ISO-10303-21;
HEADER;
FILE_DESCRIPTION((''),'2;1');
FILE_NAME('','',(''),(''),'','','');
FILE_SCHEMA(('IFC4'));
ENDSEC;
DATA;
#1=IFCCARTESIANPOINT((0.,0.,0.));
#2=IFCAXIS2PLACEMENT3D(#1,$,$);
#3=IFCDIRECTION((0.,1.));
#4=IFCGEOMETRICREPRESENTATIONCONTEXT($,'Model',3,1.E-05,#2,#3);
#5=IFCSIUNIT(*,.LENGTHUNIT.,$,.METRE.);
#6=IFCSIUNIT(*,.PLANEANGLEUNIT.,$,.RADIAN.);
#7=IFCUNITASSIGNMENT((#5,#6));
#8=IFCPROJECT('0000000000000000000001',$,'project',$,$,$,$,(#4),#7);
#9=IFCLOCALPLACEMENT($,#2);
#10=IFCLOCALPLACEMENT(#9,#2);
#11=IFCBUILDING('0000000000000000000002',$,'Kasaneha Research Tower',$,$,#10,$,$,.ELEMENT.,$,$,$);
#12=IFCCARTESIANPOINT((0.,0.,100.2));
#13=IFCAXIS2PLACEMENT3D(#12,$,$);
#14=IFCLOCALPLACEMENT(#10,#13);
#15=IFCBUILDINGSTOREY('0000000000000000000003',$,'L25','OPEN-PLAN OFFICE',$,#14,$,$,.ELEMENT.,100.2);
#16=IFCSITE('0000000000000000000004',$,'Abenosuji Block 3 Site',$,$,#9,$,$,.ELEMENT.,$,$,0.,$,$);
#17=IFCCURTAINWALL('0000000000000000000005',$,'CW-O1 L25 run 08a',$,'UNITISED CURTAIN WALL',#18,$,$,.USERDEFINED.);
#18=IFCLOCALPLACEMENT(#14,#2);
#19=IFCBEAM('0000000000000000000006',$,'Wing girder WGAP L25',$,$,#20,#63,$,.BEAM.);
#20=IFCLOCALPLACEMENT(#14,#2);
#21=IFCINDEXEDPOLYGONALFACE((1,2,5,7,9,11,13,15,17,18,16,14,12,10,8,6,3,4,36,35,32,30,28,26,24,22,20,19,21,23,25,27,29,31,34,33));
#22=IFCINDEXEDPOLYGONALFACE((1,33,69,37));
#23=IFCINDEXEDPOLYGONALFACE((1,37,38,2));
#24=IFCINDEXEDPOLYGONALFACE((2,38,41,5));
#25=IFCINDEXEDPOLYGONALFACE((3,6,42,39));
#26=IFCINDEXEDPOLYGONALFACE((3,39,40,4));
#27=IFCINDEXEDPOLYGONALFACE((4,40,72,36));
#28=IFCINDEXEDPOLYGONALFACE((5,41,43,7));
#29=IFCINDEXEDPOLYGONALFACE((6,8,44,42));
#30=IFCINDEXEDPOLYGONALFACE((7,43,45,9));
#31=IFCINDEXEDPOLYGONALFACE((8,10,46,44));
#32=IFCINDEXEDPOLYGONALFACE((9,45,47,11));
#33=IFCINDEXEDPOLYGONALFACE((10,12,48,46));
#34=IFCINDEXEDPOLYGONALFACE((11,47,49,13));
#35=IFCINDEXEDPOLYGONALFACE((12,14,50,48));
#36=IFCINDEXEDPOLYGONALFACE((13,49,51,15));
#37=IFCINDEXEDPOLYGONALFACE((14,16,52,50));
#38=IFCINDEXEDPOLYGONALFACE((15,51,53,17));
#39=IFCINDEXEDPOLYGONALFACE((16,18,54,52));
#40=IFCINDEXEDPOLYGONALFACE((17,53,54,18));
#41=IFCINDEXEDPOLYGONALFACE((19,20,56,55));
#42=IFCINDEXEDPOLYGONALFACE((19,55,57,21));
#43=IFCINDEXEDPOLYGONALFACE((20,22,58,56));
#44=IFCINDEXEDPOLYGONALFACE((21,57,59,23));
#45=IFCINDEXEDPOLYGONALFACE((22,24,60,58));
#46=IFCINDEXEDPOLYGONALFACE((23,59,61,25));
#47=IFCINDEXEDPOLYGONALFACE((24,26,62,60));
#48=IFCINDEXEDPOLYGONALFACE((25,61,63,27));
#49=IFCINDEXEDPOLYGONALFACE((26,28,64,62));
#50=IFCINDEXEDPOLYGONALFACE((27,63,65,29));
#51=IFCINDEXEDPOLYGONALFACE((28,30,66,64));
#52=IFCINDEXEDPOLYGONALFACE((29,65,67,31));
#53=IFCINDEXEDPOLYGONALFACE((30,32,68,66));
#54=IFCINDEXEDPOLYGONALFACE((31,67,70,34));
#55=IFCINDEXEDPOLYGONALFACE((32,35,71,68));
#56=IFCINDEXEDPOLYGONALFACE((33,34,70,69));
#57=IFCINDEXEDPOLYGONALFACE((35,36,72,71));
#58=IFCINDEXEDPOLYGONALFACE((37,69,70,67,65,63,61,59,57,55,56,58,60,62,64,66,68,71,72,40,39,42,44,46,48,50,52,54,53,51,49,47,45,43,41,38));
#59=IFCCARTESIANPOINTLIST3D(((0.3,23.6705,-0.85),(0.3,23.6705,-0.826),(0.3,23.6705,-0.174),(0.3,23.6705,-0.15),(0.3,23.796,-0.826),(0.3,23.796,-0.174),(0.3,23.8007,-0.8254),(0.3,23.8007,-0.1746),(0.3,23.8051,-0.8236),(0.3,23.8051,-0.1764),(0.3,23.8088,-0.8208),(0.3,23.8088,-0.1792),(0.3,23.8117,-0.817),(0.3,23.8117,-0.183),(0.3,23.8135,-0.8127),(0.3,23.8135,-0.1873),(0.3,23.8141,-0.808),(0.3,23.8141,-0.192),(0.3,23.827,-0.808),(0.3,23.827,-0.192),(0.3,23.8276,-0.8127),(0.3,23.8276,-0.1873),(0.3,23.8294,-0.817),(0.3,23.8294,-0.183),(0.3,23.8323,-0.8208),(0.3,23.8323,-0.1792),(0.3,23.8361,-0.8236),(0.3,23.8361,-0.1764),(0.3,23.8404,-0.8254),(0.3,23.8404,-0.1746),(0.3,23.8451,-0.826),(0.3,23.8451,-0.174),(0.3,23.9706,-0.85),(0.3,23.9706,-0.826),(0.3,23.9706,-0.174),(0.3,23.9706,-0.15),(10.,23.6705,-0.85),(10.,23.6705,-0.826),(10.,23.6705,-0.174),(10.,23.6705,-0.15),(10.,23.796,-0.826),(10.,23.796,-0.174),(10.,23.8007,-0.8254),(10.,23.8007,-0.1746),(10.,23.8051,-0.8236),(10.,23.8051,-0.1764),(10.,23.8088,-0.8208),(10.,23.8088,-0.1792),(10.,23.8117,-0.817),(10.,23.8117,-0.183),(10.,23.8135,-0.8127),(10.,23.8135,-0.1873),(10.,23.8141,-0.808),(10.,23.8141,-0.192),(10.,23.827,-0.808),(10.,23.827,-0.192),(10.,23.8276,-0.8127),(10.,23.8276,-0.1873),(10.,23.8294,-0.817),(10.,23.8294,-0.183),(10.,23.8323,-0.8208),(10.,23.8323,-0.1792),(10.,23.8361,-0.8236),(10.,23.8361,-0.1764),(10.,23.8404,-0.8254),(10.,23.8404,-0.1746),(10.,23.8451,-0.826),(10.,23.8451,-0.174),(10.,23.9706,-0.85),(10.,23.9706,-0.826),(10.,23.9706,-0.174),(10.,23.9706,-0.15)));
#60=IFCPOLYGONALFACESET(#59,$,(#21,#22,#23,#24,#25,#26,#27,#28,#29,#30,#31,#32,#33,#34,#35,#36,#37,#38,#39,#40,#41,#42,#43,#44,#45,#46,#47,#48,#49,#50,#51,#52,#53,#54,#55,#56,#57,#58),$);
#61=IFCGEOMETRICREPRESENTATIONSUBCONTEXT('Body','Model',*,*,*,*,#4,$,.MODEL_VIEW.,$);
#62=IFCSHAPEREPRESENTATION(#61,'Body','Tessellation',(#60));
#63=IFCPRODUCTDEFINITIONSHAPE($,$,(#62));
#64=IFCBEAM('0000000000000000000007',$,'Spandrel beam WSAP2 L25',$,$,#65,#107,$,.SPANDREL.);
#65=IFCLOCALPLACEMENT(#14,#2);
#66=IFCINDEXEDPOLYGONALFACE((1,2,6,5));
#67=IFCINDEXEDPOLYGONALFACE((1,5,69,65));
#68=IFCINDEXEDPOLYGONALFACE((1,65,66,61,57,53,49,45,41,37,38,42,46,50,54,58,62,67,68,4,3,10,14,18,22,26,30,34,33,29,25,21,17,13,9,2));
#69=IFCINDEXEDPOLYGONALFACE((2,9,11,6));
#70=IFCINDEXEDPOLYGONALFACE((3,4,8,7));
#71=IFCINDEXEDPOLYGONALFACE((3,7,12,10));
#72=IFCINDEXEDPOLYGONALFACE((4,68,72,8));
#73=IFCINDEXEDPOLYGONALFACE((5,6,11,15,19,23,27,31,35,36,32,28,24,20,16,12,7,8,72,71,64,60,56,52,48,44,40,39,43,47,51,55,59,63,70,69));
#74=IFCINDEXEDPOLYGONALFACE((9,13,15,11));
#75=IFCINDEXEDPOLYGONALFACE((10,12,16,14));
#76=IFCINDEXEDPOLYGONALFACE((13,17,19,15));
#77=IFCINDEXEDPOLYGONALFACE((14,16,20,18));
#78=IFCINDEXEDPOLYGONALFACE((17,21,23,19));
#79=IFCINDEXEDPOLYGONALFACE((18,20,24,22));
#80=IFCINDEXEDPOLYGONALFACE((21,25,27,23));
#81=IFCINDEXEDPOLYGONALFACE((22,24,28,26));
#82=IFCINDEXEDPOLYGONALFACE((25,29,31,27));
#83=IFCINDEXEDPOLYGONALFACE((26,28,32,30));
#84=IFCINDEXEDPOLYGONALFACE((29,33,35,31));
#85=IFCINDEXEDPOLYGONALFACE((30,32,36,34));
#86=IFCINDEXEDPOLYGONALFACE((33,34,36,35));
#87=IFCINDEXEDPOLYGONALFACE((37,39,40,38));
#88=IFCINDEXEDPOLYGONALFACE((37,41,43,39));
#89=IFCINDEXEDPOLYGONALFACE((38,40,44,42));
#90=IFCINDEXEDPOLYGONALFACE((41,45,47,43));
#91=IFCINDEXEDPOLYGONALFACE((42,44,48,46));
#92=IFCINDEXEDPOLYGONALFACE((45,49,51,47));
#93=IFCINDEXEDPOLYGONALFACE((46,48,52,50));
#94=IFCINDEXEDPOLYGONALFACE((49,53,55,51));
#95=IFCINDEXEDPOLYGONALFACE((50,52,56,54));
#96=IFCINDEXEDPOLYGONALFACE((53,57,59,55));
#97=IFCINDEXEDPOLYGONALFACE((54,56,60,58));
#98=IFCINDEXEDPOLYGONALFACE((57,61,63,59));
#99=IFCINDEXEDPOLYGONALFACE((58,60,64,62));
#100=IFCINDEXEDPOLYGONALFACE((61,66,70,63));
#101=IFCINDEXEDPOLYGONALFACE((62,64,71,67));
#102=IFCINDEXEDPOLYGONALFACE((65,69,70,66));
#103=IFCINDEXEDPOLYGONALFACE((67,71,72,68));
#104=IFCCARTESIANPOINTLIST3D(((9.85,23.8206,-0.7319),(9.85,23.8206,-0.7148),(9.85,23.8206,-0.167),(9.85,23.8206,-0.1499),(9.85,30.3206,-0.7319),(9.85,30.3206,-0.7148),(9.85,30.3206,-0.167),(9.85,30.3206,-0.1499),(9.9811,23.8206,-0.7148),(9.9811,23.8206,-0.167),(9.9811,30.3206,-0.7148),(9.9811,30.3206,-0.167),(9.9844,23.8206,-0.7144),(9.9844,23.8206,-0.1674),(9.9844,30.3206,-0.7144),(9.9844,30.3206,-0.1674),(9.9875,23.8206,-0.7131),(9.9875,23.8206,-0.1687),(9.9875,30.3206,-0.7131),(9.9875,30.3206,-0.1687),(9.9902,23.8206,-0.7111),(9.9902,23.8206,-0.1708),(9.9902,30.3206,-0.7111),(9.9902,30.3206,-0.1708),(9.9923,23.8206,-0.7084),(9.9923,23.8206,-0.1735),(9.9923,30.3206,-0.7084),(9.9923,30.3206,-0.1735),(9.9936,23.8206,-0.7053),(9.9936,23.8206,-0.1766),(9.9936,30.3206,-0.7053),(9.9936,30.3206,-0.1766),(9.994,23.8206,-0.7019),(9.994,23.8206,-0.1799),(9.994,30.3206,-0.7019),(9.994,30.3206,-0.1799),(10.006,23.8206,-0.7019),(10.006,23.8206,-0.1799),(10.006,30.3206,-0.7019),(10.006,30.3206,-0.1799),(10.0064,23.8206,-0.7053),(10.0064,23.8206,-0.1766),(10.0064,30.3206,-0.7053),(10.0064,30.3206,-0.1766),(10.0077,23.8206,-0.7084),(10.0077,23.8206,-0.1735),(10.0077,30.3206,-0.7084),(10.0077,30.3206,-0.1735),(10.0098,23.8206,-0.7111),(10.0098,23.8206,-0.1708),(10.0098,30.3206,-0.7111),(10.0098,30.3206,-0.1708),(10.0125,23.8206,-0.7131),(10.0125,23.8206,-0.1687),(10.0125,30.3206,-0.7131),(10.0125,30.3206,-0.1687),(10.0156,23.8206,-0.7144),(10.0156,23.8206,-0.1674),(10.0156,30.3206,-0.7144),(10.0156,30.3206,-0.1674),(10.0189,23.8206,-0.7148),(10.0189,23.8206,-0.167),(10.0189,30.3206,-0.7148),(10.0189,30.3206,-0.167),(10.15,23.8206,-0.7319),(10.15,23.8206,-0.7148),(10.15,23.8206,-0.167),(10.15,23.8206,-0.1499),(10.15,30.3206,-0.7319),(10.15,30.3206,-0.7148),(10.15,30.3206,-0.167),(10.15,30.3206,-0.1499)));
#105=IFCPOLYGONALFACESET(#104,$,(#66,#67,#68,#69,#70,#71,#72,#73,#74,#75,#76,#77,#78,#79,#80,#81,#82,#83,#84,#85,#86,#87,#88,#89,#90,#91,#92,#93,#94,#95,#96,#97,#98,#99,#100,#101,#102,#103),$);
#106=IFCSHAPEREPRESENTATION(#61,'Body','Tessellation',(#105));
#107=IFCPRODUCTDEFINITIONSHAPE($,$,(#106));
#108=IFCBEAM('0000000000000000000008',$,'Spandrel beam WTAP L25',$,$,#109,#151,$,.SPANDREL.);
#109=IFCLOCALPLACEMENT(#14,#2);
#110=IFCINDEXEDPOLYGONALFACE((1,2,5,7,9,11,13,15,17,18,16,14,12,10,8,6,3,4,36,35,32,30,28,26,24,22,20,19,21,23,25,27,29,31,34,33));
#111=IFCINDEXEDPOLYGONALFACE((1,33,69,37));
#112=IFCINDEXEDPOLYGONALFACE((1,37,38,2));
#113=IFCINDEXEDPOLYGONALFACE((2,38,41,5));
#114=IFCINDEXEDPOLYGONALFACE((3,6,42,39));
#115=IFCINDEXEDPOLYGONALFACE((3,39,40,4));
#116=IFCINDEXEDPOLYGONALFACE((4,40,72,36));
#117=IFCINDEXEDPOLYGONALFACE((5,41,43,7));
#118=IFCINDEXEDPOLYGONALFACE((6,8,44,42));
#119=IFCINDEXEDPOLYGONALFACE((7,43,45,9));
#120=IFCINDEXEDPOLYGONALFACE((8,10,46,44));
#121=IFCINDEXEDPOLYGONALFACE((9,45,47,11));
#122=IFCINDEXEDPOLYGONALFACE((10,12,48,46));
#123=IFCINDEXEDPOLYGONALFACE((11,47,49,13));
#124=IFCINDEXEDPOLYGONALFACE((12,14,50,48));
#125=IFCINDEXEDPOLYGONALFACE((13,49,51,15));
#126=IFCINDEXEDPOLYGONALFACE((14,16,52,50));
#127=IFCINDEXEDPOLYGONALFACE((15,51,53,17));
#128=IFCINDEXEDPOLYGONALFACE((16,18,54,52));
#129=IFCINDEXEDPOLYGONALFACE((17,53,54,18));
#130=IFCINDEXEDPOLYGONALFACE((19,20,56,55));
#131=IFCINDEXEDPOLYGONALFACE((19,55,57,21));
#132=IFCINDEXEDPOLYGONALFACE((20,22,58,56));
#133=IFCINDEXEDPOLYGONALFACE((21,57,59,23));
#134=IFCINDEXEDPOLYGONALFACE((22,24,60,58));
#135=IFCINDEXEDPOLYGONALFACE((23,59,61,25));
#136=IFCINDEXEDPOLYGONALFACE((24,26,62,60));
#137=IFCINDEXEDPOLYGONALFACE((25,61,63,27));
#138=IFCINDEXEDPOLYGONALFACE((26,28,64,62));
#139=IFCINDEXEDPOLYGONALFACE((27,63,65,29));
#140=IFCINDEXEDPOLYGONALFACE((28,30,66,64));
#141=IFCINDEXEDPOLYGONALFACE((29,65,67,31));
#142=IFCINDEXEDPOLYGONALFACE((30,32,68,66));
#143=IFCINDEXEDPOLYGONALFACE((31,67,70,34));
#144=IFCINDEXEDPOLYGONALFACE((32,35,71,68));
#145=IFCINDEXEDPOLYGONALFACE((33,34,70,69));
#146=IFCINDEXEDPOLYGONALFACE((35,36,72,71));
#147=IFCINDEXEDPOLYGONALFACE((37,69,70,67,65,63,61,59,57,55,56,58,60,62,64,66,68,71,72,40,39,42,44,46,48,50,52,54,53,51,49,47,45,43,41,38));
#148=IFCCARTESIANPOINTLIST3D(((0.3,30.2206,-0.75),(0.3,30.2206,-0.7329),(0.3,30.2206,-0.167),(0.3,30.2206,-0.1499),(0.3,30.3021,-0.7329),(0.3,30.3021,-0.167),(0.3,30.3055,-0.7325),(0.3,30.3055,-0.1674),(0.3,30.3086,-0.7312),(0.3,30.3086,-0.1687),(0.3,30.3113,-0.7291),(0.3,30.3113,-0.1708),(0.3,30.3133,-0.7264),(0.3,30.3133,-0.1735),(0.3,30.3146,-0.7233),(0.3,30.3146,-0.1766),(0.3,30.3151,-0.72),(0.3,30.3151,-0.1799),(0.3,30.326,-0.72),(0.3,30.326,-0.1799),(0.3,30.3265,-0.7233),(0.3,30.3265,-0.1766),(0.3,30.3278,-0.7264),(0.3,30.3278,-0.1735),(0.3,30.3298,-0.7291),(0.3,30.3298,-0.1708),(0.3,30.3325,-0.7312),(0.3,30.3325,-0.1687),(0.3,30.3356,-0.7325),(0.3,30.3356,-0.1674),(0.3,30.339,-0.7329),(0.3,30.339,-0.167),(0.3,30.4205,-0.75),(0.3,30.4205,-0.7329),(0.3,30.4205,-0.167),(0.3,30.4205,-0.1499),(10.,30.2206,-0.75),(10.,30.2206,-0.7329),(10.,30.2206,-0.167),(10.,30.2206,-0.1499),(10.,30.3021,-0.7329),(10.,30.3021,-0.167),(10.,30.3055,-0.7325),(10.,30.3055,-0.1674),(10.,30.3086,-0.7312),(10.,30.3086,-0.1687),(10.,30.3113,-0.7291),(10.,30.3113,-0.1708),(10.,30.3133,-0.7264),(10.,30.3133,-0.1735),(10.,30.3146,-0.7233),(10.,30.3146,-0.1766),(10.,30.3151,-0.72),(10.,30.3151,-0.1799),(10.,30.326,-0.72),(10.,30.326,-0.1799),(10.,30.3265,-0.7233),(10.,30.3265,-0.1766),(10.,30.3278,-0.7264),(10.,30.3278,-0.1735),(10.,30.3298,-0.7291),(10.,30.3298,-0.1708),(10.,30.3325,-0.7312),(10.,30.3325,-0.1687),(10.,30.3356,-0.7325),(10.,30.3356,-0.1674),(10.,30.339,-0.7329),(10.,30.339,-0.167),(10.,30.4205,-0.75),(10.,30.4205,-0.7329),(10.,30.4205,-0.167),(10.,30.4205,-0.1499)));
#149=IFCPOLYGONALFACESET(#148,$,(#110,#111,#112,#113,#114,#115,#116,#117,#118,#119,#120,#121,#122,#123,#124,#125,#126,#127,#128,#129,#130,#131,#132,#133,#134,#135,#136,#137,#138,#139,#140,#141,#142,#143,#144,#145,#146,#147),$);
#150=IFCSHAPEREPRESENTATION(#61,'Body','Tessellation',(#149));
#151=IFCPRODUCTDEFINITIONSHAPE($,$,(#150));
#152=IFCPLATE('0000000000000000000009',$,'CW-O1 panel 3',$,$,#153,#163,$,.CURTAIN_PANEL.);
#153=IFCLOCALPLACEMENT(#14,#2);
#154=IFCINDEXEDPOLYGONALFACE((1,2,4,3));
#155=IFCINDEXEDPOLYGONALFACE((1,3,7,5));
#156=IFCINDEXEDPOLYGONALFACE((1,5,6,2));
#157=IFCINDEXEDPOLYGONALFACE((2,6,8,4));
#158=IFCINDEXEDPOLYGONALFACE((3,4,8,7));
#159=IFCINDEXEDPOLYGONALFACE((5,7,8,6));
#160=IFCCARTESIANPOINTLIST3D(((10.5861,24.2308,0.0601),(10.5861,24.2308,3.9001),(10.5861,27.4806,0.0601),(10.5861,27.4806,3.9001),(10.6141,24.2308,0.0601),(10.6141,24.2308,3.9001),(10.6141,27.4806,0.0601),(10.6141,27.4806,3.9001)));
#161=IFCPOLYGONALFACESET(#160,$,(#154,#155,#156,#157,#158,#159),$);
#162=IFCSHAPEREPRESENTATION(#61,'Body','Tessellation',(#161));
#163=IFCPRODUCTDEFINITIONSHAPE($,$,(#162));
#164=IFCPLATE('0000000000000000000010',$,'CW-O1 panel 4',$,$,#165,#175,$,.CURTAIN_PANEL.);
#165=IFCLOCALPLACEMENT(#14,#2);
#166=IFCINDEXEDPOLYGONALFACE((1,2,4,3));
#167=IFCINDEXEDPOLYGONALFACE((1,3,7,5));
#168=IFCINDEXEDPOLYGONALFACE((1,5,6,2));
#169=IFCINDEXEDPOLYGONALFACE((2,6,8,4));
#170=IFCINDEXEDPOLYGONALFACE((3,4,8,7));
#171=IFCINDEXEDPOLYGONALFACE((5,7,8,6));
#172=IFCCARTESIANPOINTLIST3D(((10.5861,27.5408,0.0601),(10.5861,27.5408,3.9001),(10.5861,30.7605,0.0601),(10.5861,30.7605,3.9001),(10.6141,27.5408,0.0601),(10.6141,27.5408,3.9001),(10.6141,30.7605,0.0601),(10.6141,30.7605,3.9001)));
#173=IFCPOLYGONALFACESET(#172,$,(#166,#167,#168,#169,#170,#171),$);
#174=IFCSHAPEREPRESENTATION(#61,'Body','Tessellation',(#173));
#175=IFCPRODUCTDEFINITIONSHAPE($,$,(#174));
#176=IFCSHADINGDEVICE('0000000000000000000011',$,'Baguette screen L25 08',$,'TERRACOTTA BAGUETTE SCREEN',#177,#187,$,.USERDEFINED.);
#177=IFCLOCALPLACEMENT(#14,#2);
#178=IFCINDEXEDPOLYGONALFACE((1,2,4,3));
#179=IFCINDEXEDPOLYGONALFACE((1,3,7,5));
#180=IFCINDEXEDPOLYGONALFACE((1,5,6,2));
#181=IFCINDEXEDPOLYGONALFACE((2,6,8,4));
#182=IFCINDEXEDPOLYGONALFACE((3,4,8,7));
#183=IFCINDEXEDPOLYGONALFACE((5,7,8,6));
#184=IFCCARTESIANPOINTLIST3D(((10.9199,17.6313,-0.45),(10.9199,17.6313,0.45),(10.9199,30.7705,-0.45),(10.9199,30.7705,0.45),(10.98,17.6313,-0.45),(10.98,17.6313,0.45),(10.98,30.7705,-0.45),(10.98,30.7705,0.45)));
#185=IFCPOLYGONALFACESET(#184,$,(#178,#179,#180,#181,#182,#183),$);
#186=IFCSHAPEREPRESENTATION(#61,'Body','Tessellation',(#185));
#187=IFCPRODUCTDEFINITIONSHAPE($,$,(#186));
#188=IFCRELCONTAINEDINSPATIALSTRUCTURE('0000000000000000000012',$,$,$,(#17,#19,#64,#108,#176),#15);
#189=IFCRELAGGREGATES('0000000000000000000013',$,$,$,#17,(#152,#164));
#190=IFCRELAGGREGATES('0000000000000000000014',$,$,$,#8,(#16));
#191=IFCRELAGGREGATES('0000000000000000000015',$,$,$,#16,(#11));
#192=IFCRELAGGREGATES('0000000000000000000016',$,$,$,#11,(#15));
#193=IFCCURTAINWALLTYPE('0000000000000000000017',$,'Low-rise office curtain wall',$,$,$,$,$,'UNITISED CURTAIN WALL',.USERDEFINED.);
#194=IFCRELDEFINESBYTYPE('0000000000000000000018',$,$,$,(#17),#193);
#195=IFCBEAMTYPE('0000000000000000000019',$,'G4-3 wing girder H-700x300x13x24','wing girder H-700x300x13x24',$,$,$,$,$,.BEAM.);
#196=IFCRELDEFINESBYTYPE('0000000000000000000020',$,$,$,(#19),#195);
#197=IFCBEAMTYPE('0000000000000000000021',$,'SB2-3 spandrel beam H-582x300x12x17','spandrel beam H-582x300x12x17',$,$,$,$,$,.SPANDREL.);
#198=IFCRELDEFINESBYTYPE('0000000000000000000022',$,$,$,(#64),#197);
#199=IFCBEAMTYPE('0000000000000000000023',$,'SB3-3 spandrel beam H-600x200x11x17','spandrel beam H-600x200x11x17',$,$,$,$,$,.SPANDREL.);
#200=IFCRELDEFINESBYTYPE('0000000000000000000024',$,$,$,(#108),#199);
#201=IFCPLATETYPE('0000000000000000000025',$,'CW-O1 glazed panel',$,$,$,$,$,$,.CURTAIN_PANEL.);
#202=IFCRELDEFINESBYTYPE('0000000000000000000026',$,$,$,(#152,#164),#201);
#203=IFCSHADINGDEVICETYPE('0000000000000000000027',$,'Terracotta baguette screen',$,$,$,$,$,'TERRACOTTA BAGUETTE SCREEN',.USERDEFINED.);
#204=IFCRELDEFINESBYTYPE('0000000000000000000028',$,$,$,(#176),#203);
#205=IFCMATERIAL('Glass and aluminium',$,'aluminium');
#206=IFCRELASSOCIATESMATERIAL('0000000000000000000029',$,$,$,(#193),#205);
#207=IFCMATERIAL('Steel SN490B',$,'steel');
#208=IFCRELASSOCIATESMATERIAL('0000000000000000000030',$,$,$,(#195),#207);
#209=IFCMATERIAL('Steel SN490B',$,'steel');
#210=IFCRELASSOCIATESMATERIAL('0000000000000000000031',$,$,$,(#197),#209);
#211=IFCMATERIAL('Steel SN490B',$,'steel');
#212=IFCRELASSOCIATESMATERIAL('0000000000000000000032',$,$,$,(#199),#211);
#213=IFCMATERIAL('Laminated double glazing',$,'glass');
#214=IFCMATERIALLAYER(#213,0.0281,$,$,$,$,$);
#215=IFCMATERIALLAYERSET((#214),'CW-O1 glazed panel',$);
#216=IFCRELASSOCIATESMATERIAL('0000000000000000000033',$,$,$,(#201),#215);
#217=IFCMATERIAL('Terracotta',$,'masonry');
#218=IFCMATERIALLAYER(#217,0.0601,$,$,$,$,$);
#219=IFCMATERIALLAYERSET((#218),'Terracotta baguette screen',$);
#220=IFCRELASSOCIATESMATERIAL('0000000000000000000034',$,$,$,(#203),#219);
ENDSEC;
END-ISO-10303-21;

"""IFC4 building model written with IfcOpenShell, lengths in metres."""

from ifc_helpers import new_model, si_unit, direction, frame, origin, origin_2d, place, context, subcontext, project, spatial, rectangle, i_section, extrude, material, layer, layer_set, material_profile, profile_set, type_object, element, aggregate, save


model = new_model("IFC4")

# Units and contexts
model_context = context("Model", 3, precision=1e-05, world=origin(), true_north=direction((0.0, 1.0)))
body_context = subcontext(model_context, "Body", "Model", "MODEL_VIEW")
ifc_project = project(units=[si_unit("LENGTHUNIT", "METRE"), si_unit("PLANEANGLEUNIT", "RADIAN")], contexts=[model_context])

# Site, building, storey
site_placement = place(None, origin())
site = spatial("IfcSite", under=ifc_project, at=site_placement, Name="Abenosuji Block 3 Site", CompositionType="ELEMENT", RefElevation=0.0)
building_placement = place(site_placement, origin())
building = spatial("IfcBuilding", under=site, at=building_placement, Name="Kasaneha Research Tower", CompositionType="ELEMENT")
storey_placement = place(building_placement, frame((0.0, 0.0, 100.2)))
storey = spatial("IfcBuildingStorey", under=building, at=storey_placement, Name="L25", Description="OPEN-PLAN OFFICE", CompositionType="ELEMENT", Elevation=100.2)

# Curtain wall
ifc_material_1 = material(Name="Glass and aluminium", Category="aluminium")
curtain_wall_type = type_object("IfcCurtainWallType", Name="Low-rise office curtain wall", ElementType="UNITISED CURTAIN WALL", PredefinedType="USERDEFINED", material=ifc_material_1)
curtain_wall_1_placement = place(storey_placement, origin())
curtain_wall_1 = element("IfcCurtainWall", 1, at=curtain_wall_1_placement, inside=storey, type_object=curtain_wall_type, Name="CW-O1 L25 run 08a", ObjectType="UNITISED CURTAIN WALL", PredefinedType="USERDEFINED")

# Beams
ifc_material_2 = material(Name="Steel SN490B", Category="steel")
ifc_material_profile_1 = material_profile(ifc_material_2, i_section(OverallWidth=0.3, OverallDepth=0.7, WebThickness=0.0129, FlangeThickness=0.0239, FilletRadius=0.0181, at=origin_2d()), Name="H-700x300x13x24")
ifc_profile_set_1 = profile_set([ifc_material_profile_1], Name="Steel SN490B")
beam_type_1 = type_object("IfcBeamType", Name="G4-3 wing girder H-700x300x13x24", Description="wing girder H-700x300x13x24", PredefinedType="BEAM", material=ifc_profile_set_1)
beam_1_placement = place(storey_placement, frame((10.0, 23.8206, -0.5), z_axis=(-1.0, 0.0, 0.0), x_axis=(0.0, -1.0, 0.0)))
element("IfcBeam", 2, at=beam_1_placement, inside=storey, type_object=beam_type_1, Name="Wing girder WGAP L25", PredefinedType="BEAM", context=body_context, shape_type="SweptSolid", body=[
    extrude(i_section(OverallWidth=0.3, OverallDepth=0.7, WebThickness=0.0129, FlangeThickness=0.0239, FilletRadius=0.0181, at=origin_2d()), origin(), (0.0, 0.0, 1.0), 9.7),
])
ifc_material_3 = material(Name="Steel SN490B", Category="steel")
ifc_material_profile_2 = material_profile(ifc_material_3, i_section(OverallWidth=0.3, OverallDepth=0.582, WebThickness=0.012, FlangeThickness=0.0171, FilletRadius=0.0129, at=origin_2d()), Name="H-582x300x12x17")
ifc_profile_set_2 = profile_set([ifc_material_profile_2], Name="Steel SN490B")
beam_type_2 = type_object("IfcBeamType", Name="SB2-3 spandrel beam H-582x300x12x17", Description="spandrel beam H-582x300x12x17", PredefinedType="SPANDREL", material=ifc_profile_set_2)
beam_2_placement = place(storey_placement, frame((10.0, 23.8206, -0.4409), z_axis=(0.0, 1.0, 0.0), x_axis=(-1.0, 0.0, 0.0)))
element("IfcBeam", 3, at=beam_2_placement, inside=storey, type_object=beam_type_2, Name="Spandrel beam WSAP2 L25", PredefinedType="SPANDREL", context=body_context, shape_type="SweptSolid", body=[
    extrude(i_section(OverallWidth=0.3, OverallDepth=0.582, WebThickness=0.012, FlangeThickness=0.0171, FilletRadius=0.0129, at=origin_2d()), origin(), (0.0, 0.0, 1.0), 6.5),
])
ifc_material_4 = material(Name="Steel SN490B", Category="steel")
ifc_material_profile_3 = material_profile(ifc_material_4, i_section(OverallWidth=0.2, OverallDepth=0.6001, WebThickness=0.011, FlangeThickness=0.0171, FilletRadius=0.0129, at=origin_2d()), Name="H-600x200x11x17")
ifc_profile_set_3 = profile_set([ifc_material_profile_3], Name="Steel SN490B")
beam_type_3 = type_object("IfcBeamType", Name="SB3-3 spandrel beam H-600x200x11x17", Description="spandrel beam H-600x200x11x17", PredefinedType="SPANDREL", material=ifc_profile_set_3)
beam_3_placement = place(storey_placement, frame((10.0, 30.3206, -0.45), z_axis=(-1.0, 0.0, 0.0), x_axis=(0.0, -1.0, 0.0)))
element("IfcBeam", 4, at=beam_3_placement, inside=storey, type_object=beam_type_3, Name="Spandrel beam WTAP L25", PredefinedType="SPANDREL", context=body_context, shape_type="SweptSolid", body=[
    extrude(i_section(OverallWidth=0.2, OverallDepth=0.6001, WebThickness=0.011, FlangeThickness=0.0171, FilletRadius=0.0129, at=origin_2d()), origin(), (0.0, 0.0, 1.0), 9.7),
])

# Plates
ifc_material_5 = material(Name="Laminated double glazing", Category="glass")
ifc_layer_1 = layer(ifc_material_5, 0.0281)
ifc_layer_set_1 = layer_set([ifc_layer_1], Name="CW-O1 glazed panel")
plate_type = type_object("IfcPlateType", Name="CW-O1 glazed panel", PredefinedType="CURTAIN_PANEL", material=ifc_layer_set_1)
plate_1_placement = place(storey_placement, frame((10.6001, 25.8557, 0.0601), z_axis=(0.0, 0.0, 1.0), x_axis=(0.0, 1.0, 0.0)))
plate_1 = element("IfcPlate", 5, at=plate_1_placement, type_object=plate_type, Name="CW-O1 panel 3", PredefinedType="CURTAIN_PANEL", context=body_context, shape_type="SweptSolid", body=[
    extrude(rectangle(XDim=3.2498, YDim=0.0281, at=origin_2d()), origin(), (0.0, 0.0, 1.0), 3.8401),
])
plate_2_placement = place(storey_placement, frame((10.6001, 29.1506, 0.0601), z_axis=(0.0, 0.0, 1.0), x_axis=(0.0, 1.0, 0.0)))
plate_2 = element("IfcPlate", 6, at=plate_2_placement, type_object=plate_type, Name="CW-O1 panel 4", PredefinedType="CURTAIN_PANEL", context=body_context, shape_type="SweptSolid", body=[
    extrude(rectangle(XDim=3.2197, YDim=0.0281, at=origin_2d()), origin(), (0.0, 0.0, 1.0), 3.8401),
])
aggregate(curtain_wall_1, [plate_1, plate_2])

# Shading device
ifc_material_6 = material(Name="Terracotta", Category="masonry")
ifc_layer_2 = layer(ifc_material_6, 0.0601)
ifc_layer_set_2 = layer_set([ifc_layer_2], Name="Terracotta baguette screen")
shading_device_type = type_object("IfcShadingDeviceType", Name="Terracotta baguette screen", ElementType="TERRACOTTA BAGUETTE SCREEN", PredefinedType="USERDEFINED", material=ifc_layer_set_2)
shading_device_placement = place(storey_placement, frame((10.95, 24.2009, -0.45), z_axis=(0.0, 0.0, 1.0), x_axis=(0.0, 1.0, 0.0)))
element("IfcShadingDevice", 7, at=shading_device_placement, inside=storey, type_object=shading_device_type, Name="Baguette screen L25 08", ObjectType="TERRACOTTA BAGUETTE SCREEN", PredefinedType="USERDEFINED", context=body_context, shape_type="SweptSolid", body=[
    extrude(rectangle(XDim=13.1392, YDim=0.0601, at=origin_2d()), origin(), (0.0, 0.0, 1.0), 0.8999),
])

save(model, "model.ifc")
